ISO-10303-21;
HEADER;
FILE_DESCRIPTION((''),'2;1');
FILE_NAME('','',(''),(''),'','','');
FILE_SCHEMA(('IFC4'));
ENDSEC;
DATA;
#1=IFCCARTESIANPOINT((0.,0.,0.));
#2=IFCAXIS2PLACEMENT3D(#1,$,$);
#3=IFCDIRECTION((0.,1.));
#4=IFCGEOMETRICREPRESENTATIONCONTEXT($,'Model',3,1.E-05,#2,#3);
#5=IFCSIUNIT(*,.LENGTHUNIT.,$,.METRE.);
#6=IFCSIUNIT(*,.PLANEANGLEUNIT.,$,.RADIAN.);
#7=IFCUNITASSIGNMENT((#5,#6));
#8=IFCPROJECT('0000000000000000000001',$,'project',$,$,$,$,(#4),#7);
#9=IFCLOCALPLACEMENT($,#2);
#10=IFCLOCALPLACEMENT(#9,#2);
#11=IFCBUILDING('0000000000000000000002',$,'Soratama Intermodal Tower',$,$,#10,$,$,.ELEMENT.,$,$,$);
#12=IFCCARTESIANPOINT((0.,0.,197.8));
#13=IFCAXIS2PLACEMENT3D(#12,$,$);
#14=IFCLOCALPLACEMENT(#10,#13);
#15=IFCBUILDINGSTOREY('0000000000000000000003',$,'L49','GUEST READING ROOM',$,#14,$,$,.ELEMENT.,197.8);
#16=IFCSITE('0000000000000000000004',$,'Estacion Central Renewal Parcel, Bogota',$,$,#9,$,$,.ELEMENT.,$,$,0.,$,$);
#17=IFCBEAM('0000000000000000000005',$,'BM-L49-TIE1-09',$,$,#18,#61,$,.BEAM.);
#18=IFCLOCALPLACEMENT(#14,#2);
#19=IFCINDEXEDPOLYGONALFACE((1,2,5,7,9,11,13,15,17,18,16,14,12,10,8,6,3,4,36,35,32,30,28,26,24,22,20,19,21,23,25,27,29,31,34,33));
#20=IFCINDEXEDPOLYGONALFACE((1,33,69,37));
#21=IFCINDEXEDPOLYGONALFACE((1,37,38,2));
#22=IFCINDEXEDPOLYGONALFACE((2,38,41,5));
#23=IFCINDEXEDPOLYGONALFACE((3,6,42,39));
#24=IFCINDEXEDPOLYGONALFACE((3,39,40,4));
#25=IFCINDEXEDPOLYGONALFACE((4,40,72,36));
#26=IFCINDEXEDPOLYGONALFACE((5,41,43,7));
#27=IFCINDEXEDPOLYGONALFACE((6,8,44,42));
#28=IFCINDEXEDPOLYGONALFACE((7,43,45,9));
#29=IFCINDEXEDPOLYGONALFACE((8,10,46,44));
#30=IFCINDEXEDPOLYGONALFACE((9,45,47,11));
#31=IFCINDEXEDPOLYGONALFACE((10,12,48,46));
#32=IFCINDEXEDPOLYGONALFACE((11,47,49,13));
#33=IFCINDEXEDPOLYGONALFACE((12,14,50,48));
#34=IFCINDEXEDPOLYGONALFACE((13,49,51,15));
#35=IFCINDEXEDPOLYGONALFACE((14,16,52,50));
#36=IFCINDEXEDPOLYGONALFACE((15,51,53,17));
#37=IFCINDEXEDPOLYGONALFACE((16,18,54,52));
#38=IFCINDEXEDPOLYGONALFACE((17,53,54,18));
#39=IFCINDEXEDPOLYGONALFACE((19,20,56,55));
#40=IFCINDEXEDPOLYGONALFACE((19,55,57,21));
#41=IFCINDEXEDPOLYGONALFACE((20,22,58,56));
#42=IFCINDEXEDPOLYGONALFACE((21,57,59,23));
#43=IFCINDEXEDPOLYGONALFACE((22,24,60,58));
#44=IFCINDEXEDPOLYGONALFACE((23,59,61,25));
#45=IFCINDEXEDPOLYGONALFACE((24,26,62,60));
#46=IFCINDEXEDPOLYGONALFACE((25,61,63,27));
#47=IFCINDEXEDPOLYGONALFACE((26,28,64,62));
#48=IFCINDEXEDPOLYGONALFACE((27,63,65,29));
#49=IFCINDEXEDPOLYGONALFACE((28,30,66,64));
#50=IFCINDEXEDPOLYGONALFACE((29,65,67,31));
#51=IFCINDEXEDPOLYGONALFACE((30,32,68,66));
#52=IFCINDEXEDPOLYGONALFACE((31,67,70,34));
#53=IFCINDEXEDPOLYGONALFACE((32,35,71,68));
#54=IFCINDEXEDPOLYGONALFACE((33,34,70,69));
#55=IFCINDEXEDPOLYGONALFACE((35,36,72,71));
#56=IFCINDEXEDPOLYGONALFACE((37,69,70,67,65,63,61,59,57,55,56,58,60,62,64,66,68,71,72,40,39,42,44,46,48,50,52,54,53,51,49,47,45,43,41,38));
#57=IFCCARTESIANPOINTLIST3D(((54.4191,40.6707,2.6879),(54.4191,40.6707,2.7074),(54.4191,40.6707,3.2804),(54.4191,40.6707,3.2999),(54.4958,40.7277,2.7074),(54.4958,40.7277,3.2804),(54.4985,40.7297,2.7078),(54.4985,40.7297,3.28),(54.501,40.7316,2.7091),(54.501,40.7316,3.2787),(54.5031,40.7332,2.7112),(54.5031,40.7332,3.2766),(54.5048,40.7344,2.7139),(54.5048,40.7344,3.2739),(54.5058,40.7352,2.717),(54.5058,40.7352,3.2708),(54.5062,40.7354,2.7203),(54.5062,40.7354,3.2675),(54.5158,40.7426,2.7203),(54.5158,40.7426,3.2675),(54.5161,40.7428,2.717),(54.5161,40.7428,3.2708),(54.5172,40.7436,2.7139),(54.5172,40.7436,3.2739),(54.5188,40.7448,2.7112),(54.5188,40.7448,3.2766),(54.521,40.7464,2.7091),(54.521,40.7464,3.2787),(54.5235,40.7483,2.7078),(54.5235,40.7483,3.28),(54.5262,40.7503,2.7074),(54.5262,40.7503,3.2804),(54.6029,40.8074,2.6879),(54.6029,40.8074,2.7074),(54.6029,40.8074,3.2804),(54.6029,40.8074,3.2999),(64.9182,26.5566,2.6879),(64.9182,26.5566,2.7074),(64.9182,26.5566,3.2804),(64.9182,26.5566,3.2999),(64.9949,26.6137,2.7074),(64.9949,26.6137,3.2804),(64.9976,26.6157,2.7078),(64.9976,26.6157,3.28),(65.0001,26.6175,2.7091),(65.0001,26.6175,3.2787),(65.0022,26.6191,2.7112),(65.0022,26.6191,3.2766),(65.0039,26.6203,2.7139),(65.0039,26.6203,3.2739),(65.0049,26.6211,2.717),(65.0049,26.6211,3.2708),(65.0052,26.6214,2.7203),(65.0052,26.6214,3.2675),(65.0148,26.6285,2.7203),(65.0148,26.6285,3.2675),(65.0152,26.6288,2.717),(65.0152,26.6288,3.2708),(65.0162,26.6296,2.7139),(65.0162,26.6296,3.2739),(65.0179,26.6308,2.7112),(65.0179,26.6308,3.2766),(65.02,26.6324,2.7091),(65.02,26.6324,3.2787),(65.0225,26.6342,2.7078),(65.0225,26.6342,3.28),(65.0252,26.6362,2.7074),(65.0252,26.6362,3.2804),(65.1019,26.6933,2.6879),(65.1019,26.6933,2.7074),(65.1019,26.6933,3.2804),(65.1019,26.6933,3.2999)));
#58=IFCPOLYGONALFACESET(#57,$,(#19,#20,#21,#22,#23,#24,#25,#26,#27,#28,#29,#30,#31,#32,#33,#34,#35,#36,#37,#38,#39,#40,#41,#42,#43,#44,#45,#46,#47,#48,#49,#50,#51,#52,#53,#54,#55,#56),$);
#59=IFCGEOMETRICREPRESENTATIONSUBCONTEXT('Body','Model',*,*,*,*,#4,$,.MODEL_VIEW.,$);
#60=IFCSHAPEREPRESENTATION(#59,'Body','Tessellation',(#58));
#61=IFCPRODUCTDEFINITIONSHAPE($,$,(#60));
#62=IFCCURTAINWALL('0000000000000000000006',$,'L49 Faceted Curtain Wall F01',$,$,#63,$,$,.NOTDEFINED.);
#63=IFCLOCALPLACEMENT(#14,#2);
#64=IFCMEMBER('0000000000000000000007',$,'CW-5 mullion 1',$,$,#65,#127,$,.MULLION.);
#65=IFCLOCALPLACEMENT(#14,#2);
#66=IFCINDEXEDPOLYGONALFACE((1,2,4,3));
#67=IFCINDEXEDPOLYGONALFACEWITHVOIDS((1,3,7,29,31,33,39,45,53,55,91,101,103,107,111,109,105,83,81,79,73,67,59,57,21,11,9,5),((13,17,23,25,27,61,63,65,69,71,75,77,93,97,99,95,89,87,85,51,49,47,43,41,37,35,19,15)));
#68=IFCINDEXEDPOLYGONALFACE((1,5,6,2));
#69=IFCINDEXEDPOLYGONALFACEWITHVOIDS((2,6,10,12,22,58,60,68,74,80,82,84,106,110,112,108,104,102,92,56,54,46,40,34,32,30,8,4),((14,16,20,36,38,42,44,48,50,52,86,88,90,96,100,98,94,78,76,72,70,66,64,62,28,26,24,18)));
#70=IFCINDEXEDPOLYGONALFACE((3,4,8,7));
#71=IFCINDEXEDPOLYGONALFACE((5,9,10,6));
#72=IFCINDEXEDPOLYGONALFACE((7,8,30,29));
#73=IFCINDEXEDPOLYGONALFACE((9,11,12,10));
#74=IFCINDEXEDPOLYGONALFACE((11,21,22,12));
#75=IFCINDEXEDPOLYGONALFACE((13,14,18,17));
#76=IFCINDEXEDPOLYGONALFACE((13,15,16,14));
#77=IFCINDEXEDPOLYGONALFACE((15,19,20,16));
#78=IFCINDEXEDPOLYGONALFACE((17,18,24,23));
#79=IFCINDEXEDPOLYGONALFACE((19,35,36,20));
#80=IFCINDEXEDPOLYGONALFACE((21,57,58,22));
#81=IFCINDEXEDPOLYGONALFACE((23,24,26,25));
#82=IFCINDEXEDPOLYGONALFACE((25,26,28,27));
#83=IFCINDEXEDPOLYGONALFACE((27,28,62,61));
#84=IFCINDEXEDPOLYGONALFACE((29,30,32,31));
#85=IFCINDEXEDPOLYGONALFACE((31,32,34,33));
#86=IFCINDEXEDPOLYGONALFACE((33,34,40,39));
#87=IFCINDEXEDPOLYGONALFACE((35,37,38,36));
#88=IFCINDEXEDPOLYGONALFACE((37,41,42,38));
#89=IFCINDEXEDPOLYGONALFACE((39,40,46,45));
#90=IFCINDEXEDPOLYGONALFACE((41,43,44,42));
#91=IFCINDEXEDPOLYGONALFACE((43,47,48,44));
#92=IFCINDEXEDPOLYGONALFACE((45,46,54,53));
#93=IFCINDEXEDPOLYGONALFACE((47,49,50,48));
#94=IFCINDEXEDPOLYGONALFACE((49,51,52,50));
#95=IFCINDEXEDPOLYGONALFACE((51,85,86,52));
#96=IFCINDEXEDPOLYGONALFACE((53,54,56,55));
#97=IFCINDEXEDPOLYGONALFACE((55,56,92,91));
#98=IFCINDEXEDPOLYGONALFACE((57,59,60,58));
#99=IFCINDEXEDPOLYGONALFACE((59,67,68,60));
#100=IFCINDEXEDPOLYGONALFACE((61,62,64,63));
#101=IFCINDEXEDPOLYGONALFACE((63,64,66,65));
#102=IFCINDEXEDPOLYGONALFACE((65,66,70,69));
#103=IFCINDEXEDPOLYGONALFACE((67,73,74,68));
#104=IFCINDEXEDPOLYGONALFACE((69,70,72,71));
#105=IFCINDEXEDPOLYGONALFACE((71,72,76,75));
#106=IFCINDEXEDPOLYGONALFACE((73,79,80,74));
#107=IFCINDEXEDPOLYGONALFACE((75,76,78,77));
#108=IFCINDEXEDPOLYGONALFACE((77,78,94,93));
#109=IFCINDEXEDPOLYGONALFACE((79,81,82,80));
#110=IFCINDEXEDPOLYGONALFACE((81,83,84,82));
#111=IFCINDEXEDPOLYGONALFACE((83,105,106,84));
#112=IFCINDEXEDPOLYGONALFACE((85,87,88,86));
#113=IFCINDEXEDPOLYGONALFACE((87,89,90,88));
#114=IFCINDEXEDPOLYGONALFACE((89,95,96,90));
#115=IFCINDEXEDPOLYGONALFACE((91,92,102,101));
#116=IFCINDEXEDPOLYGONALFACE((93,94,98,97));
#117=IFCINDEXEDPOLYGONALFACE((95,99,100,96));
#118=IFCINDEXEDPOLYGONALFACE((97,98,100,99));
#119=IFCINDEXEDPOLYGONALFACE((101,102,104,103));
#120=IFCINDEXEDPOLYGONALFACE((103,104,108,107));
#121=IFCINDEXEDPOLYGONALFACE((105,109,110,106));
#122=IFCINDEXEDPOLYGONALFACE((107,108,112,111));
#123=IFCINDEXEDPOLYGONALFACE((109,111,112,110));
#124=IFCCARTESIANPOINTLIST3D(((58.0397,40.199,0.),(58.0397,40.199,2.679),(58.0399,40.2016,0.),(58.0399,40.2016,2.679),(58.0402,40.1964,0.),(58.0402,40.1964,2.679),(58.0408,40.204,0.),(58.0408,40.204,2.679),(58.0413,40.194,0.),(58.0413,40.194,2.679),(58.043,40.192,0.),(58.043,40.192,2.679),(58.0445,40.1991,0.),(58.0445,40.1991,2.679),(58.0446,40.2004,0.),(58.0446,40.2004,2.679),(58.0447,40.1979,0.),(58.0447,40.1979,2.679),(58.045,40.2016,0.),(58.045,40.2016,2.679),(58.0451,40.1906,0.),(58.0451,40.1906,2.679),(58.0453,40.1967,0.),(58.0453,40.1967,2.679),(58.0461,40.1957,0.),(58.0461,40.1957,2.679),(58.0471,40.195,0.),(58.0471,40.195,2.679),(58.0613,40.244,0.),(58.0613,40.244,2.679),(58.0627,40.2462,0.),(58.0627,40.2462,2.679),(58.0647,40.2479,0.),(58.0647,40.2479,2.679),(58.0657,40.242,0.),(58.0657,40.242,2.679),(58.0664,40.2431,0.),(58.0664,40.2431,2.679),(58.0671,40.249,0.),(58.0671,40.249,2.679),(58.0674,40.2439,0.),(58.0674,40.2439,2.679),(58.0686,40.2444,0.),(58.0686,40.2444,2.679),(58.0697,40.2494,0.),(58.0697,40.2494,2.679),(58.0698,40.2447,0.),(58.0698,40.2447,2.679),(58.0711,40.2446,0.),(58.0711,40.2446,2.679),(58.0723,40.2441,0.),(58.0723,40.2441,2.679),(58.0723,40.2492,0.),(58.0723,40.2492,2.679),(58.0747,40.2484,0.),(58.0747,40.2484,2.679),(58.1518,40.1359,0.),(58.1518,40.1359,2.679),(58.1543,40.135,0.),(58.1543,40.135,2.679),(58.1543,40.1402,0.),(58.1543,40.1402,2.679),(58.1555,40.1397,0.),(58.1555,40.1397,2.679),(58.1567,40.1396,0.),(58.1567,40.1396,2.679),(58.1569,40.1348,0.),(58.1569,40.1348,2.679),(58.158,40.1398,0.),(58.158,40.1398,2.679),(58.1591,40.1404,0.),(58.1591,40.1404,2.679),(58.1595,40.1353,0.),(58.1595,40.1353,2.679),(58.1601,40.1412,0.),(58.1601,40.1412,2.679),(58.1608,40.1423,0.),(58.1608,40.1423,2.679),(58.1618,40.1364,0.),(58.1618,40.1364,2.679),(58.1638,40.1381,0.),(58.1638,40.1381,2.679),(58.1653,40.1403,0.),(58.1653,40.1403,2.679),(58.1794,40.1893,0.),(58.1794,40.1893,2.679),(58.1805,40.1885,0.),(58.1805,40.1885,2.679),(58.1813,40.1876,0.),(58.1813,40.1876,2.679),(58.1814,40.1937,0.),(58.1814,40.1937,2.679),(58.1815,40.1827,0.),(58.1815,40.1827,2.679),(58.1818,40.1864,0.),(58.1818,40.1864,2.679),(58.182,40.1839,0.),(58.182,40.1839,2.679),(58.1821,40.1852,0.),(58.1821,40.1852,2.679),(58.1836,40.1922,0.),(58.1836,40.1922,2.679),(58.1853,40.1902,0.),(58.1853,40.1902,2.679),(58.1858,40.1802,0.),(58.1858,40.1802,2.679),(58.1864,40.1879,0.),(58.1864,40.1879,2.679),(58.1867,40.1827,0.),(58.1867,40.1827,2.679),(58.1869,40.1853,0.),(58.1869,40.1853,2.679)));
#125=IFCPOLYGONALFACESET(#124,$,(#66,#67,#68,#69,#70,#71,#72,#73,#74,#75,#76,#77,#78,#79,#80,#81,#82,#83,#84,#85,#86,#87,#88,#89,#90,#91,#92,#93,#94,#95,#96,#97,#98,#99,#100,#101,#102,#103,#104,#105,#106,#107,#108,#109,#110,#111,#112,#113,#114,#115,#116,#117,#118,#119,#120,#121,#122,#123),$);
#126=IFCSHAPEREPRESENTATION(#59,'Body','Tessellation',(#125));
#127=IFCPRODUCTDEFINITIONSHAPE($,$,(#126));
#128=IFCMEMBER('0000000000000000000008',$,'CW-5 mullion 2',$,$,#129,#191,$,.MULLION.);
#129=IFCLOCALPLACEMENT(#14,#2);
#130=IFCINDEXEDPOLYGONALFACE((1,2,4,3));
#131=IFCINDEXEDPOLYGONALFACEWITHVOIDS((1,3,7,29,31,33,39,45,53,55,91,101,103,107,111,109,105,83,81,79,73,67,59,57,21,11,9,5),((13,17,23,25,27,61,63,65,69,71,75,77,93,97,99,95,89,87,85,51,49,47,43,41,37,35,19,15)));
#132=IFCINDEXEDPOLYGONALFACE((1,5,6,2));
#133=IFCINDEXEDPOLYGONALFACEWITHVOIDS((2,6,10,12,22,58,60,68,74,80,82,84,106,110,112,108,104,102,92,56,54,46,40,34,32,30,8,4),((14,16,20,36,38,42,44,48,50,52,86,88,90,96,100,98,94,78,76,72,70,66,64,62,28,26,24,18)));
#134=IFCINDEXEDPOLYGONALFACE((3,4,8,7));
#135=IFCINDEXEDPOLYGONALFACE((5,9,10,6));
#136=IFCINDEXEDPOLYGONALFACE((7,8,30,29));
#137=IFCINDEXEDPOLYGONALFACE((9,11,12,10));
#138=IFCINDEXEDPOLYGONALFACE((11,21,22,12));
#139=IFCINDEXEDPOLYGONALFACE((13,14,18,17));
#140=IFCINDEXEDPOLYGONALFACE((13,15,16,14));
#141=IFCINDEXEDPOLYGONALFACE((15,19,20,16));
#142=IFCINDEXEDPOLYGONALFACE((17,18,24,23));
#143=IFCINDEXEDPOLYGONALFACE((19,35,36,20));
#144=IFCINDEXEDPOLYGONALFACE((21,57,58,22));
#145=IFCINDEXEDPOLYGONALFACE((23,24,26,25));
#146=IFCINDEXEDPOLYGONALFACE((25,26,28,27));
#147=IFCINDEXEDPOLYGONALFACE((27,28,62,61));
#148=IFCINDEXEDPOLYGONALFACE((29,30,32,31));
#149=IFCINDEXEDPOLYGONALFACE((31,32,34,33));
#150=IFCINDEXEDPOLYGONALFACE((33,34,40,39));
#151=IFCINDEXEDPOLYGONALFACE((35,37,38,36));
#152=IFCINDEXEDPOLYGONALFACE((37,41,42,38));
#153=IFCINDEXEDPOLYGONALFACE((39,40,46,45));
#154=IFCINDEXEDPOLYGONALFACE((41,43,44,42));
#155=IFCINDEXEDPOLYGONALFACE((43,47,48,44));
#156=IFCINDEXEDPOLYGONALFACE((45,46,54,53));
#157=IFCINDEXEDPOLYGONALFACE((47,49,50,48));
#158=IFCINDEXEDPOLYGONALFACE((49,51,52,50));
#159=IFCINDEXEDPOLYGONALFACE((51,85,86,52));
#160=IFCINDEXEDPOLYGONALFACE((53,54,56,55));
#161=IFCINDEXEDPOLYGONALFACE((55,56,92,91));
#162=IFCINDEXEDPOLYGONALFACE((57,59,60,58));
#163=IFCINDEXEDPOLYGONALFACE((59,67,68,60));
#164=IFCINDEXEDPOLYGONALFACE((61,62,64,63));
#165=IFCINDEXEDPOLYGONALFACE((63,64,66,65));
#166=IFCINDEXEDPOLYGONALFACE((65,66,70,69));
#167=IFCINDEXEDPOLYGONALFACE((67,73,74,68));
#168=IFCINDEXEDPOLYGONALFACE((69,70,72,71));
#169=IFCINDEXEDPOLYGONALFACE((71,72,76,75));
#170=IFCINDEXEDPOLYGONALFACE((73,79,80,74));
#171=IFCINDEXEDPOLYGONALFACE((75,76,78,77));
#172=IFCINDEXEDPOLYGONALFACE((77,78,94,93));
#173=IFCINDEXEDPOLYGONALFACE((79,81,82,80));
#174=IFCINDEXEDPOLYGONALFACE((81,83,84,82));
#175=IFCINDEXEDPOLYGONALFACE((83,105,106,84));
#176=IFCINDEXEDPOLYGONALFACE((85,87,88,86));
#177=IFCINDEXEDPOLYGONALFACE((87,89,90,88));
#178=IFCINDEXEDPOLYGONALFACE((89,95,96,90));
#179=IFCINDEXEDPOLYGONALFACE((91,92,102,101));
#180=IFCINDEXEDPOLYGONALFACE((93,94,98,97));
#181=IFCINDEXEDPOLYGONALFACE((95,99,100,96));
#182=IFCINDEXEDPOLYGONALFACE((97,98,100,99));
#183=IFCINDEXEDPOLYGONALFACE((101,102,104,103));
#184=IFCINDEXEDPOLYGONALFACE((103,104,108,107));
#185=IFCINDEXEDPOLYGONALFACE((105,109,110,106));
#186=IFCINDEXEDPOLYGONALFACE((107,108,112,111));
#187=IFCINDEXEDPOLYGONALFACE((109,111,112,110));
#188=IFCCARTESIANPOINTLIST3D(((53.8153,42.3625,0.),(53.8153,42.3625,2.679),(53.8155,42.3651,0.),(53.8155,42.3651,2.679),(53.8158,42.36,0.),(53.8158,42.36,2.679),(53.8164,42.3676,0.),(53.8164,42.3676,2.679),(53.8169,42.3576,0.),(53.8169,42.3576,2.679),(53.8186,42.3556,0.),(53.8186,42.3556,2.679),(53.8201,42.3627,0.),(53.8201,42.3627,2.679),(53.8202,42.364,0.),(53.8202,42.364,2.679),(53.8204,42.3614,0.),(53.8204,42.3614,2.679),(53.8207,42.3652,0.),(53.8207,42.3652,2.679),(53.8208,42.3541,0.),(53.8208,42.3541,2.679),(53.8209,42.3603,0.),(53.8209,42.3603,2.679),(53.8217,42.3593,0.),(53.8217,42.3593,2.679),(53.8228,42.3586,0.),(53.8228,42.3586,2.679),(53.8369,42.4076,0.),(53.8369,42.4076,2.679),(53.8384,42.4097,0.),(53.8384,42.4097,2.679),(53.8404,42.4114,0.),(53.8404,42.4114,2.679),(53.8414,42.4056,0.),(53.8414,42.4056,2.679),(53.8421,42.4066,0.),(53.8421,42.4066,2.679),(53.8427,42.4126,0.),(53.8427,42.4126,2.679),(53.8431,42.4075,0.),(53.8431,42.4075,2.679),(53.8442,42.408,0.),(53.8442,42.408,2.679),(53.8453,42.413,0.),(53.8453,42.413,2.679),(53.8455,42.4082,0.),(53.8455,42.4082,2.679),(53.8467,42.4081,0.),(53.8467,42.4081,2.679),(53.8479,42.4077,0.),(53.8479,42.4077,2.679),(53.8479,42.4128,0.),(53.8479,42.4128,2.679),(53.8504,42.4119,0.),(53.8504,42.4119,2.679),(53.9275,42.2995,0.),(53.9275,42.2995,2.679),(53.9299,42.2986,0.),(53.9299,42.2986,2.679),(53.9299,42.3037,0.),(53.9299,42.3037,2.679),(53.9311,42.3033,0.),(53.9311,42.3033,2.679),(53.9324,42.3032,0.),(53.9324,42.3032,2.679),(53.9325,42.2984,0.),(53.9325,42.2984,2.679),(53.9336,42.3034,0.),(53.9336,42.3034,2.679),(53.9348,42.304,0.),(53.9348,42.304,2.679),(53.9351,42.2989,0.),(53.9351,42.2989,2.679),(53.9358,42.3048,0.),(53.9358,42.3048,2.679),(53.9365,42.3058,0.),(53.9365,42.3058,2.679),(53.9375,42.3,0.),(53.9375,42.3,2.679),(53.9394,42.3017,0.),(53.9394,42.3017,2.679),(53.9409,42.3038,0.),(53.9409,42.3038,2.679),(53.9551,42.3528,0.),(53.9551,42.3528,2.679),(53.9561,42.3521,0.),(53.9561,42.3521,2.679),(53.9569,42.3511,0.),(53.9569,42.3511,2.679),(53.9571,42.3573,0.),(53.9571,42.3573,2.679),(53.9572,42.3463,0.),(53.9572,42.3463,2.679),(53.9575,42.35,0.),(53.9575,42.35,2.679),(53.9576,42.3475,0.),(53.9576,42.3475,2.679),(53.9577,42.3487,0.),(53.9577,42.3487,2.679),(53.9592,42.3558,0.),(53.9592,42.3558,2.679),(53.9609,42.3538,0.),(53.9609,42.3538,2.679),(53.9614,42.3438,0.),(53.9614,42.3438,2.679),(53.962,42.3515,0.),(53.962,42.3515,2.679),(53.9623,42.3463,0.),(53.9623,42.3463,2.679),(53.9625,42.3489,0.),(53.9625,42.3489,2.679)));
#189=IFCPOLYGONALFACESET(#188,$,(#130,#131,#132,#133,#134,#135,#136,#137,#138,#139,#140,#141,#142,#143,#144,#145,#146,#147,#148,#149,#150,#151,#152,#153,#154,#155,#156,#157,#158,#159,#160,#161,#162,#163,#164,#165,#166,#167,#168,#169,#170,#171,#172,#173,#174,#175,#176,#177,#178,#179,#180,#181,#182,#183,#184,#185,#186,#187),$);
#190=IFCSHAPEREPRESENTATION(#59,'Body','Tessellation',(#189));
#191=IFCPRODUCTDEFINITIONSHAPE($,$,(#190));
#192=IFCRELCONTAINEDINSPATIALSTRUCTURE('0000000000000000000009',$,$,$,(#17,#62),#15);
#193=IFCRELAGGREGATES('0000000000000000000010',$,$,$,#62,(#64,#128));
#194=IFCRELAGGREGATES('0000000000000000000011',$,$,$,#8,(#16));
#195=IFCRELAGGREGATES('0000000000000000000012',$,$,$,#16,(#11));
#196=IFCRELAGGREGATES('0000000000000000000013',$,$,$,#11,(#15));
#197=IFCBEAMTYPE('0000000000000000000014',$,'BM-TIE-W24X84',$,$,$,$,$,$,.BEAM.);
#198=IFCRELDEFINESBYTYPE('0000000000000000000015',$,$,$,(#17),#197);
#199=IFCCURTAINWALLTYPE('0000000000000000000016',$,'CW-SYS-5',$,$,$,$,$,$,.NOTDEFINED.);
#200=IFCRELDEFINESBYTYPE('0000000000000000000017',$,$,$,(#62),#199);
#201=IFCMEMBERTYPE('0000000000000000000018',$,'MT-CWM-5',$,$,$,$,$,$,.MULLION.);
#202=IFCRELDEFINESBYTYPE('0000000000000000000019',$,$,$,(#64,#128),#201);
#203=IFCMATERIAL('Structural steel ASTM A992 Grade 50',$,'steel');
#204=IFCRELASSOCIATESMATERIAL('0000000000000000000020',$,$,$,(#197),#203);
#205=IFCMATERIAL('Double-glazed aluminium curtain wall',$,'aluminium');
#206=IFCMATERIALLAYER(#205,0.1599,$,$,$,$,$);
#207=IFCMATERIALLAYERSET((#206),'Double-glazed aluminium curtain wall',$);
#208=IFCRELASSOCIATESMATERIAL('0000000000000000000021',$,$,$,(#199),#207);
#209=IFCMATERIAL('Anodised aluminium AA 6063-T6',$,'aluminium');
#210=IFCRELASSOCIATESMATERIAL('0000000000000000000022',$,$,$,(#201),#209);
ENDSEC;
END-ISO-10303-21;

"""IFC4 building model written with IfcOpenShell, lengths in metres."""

from ifc_helpers import new_model, si_unit, direction, frame, origin, origin_2d, place, context, subcontext, project, spatial, hollow_rectangle, i_section, extrude, material, layer, layer_set, material_profile, profile_set, type_object, element, aggregate, save


model = new_model("IFC4")

# Units and contexts
model_context = context("Model", 3, precision=1e-05, world=origin(), true_north=direction((0.0, 1.0)))
body_context = subcontext(model_context, "Body", "Model", "MODEL_VIEW")
ifc_project = project(units=[si_unit("LENGTHUNIT", "METRE"), si_unit("PLANEANGLEUNIT", "RADIAN")], contexts=[model_context])

# Site, building, storey
site_placement = place(None, origin())
site = spatial("IfcSite", under=ifc_project, at=site_placement, Name="Estacion Central Renewal Parcel, Bogota", CompositionType="ELEMENT", RefElevation=0.0)
building_placement = place(site_placement, origin())
building = spatial("IfcBuilding", under=site, at=building_placement, Name="Soratama Intermodal Tower", CompositionType="ELEMENT")
storey_placement = place(building_placement, frame((0.0, 0.0, 197.8)))
storey = spatial("IfcBuildingStorey", under=building, at=storey_placement, Name="L49", Description="GUEST READING ROOM", CompositionType="ELEMENT", Elevation=197.8)

# Beam
ifc_material_1 = material(Name="Structural steel ASTM A992 Grade 50", Category="steel")
ifc_material_profile_1 = material_profile(ifc_material_1, i_section(OverallWidth=0.229, OverallDepth=0.6121, WebThickness=0.012, FlangeThickness=0.0195, FilletRadius=0.0129, at=origin_2d()), Name="W24X84")
ifc_profile_set_1 = profile_set([ifc_material_profile_1], Name="Structural steel ASTM A992 Grade 50")
beam_type_1 = type_object("IfcBeamType", Name="BM-TIE-W24X84", PredefinedType="BEAM", material=ifc_profile_set_1)
beam_1_placement = place(storey_placement, frame((54.511, 40.739, 2.9939), z_axis=(0.596849, -0.802354, 0.0), x_axis=(0.802354, 0.596849, 0.0)))
element("IfcBeam", 1, at=beam_1_placement, inside=storey, type_object=beam_type_1, Name="BM-L49-TIE1-09", PredefinedType="BEAM", context=body_context, shape_type="SweptSolid", body=[
    extrude(i_section(OverallWidth=0.229, OverallDepth=0.6121, WebThickness=0.012, FlangeThickness=0.0195, FilletRadius=0.0129, at=origin_2d()), origin(), (0.0, 0.0, 1.0), 17.5908),
])

# Curtain wall, members
ifc_material_2 = material(Name="Double-glazed aluminium curtain wall", Category="aluminium")
ifc_layer_1 = layer(ifc_material_2, 0.1599)
ifc_layer_set_1 = layer_set([ifc_layer_1], Name="Double-glazed aluminium curtain wall")
curtain_wall_type = type_object("IfcCurtainWallType", Name="CW-SYS-5", PredefinedType="NOTDEFINED", material=ifc_layer_set_1)
curtain_wall_1_placement = place(storey_placement, origin())
curtain_wall_1 = element("IfcCurtainWall", 2, at=curtain_wall_1_placement, inside=storey, type_object=curtain_wall_type, Name="L49 Faceted Curtain Wall F01", PredefinedType="NOTDEFINED")
ifc_material_3 = material(Name="Anodised aluminium AA 6063-T6", Category="aluminium")
ifc_material_profile_2 = material_profile(ifc_material_3, hollow_rectangle(XDim=0.0649, YDim=0.1399, WallThickness=0.0049, InnerFilletRadius=0.0049, OuterFilletRadius=0.01, at=origin_2d()), Name="CWM140X65X5")
ifc_profile_set_2 = profile_set([ifc_material_profile_2], Name="Anodised aluminium AA 6063-T6")
member_type_1 = type_object("IfcMemberType", Name="MT-CWM-5", PredefinedType="MULLION", material=ifc_profile_set_2)
member_1_placement = place(storey_placement, frame((58.1133, 40.1921, 0.0), z_axis=(0.0, 0.0, 1.0), x_axis=(-0.45586, -0.890051, 0.0)))
member_1 = element("IfcMember", 3, at=member_1_placement, type_object=member_type_1, Name="CW-5 mullion 1", PredefinedType="MULLION", context=body_context, shape_type="SweptSolid", body=[
    extrude(hollow_rectangle(XDim=0.0649, YDim=0.1399, WallThickness=0.0049, InnerFilletRadius=0.0049, OuterFilletRadius=0.01, at=origin_2d()), origin(), (0.0, 0.0, 1.0), 2.679),
])
member_2_placement = place(storey_placement, frame((53.8889, 42.3557, 0.0), z_axis=(0.0, 0.0, 1.0), x_axis=(-0.45586, -0.890051, 0.0)))
member_2 = element("IfcMember", 4, at=member_2_placement, type_object=member_type_1, Name="CW-5 mullion 2", PredefinedType="MULLION", context=body_context, shape_type="SweptSolid", body=[
    extrude(hollow_rectangle(XDim=0.0649, YDim=0.1399, WallThickness=0.0049, InnerFilletRadius=0.0049, OuterFilletRadius=0.01, at=origin_2d()), origin(), (0.0, 0.0, 1.0), 2.679),
])

aggregate(curtain_wall_1, [member_1, member_2])

save(model, "model.ifc")
